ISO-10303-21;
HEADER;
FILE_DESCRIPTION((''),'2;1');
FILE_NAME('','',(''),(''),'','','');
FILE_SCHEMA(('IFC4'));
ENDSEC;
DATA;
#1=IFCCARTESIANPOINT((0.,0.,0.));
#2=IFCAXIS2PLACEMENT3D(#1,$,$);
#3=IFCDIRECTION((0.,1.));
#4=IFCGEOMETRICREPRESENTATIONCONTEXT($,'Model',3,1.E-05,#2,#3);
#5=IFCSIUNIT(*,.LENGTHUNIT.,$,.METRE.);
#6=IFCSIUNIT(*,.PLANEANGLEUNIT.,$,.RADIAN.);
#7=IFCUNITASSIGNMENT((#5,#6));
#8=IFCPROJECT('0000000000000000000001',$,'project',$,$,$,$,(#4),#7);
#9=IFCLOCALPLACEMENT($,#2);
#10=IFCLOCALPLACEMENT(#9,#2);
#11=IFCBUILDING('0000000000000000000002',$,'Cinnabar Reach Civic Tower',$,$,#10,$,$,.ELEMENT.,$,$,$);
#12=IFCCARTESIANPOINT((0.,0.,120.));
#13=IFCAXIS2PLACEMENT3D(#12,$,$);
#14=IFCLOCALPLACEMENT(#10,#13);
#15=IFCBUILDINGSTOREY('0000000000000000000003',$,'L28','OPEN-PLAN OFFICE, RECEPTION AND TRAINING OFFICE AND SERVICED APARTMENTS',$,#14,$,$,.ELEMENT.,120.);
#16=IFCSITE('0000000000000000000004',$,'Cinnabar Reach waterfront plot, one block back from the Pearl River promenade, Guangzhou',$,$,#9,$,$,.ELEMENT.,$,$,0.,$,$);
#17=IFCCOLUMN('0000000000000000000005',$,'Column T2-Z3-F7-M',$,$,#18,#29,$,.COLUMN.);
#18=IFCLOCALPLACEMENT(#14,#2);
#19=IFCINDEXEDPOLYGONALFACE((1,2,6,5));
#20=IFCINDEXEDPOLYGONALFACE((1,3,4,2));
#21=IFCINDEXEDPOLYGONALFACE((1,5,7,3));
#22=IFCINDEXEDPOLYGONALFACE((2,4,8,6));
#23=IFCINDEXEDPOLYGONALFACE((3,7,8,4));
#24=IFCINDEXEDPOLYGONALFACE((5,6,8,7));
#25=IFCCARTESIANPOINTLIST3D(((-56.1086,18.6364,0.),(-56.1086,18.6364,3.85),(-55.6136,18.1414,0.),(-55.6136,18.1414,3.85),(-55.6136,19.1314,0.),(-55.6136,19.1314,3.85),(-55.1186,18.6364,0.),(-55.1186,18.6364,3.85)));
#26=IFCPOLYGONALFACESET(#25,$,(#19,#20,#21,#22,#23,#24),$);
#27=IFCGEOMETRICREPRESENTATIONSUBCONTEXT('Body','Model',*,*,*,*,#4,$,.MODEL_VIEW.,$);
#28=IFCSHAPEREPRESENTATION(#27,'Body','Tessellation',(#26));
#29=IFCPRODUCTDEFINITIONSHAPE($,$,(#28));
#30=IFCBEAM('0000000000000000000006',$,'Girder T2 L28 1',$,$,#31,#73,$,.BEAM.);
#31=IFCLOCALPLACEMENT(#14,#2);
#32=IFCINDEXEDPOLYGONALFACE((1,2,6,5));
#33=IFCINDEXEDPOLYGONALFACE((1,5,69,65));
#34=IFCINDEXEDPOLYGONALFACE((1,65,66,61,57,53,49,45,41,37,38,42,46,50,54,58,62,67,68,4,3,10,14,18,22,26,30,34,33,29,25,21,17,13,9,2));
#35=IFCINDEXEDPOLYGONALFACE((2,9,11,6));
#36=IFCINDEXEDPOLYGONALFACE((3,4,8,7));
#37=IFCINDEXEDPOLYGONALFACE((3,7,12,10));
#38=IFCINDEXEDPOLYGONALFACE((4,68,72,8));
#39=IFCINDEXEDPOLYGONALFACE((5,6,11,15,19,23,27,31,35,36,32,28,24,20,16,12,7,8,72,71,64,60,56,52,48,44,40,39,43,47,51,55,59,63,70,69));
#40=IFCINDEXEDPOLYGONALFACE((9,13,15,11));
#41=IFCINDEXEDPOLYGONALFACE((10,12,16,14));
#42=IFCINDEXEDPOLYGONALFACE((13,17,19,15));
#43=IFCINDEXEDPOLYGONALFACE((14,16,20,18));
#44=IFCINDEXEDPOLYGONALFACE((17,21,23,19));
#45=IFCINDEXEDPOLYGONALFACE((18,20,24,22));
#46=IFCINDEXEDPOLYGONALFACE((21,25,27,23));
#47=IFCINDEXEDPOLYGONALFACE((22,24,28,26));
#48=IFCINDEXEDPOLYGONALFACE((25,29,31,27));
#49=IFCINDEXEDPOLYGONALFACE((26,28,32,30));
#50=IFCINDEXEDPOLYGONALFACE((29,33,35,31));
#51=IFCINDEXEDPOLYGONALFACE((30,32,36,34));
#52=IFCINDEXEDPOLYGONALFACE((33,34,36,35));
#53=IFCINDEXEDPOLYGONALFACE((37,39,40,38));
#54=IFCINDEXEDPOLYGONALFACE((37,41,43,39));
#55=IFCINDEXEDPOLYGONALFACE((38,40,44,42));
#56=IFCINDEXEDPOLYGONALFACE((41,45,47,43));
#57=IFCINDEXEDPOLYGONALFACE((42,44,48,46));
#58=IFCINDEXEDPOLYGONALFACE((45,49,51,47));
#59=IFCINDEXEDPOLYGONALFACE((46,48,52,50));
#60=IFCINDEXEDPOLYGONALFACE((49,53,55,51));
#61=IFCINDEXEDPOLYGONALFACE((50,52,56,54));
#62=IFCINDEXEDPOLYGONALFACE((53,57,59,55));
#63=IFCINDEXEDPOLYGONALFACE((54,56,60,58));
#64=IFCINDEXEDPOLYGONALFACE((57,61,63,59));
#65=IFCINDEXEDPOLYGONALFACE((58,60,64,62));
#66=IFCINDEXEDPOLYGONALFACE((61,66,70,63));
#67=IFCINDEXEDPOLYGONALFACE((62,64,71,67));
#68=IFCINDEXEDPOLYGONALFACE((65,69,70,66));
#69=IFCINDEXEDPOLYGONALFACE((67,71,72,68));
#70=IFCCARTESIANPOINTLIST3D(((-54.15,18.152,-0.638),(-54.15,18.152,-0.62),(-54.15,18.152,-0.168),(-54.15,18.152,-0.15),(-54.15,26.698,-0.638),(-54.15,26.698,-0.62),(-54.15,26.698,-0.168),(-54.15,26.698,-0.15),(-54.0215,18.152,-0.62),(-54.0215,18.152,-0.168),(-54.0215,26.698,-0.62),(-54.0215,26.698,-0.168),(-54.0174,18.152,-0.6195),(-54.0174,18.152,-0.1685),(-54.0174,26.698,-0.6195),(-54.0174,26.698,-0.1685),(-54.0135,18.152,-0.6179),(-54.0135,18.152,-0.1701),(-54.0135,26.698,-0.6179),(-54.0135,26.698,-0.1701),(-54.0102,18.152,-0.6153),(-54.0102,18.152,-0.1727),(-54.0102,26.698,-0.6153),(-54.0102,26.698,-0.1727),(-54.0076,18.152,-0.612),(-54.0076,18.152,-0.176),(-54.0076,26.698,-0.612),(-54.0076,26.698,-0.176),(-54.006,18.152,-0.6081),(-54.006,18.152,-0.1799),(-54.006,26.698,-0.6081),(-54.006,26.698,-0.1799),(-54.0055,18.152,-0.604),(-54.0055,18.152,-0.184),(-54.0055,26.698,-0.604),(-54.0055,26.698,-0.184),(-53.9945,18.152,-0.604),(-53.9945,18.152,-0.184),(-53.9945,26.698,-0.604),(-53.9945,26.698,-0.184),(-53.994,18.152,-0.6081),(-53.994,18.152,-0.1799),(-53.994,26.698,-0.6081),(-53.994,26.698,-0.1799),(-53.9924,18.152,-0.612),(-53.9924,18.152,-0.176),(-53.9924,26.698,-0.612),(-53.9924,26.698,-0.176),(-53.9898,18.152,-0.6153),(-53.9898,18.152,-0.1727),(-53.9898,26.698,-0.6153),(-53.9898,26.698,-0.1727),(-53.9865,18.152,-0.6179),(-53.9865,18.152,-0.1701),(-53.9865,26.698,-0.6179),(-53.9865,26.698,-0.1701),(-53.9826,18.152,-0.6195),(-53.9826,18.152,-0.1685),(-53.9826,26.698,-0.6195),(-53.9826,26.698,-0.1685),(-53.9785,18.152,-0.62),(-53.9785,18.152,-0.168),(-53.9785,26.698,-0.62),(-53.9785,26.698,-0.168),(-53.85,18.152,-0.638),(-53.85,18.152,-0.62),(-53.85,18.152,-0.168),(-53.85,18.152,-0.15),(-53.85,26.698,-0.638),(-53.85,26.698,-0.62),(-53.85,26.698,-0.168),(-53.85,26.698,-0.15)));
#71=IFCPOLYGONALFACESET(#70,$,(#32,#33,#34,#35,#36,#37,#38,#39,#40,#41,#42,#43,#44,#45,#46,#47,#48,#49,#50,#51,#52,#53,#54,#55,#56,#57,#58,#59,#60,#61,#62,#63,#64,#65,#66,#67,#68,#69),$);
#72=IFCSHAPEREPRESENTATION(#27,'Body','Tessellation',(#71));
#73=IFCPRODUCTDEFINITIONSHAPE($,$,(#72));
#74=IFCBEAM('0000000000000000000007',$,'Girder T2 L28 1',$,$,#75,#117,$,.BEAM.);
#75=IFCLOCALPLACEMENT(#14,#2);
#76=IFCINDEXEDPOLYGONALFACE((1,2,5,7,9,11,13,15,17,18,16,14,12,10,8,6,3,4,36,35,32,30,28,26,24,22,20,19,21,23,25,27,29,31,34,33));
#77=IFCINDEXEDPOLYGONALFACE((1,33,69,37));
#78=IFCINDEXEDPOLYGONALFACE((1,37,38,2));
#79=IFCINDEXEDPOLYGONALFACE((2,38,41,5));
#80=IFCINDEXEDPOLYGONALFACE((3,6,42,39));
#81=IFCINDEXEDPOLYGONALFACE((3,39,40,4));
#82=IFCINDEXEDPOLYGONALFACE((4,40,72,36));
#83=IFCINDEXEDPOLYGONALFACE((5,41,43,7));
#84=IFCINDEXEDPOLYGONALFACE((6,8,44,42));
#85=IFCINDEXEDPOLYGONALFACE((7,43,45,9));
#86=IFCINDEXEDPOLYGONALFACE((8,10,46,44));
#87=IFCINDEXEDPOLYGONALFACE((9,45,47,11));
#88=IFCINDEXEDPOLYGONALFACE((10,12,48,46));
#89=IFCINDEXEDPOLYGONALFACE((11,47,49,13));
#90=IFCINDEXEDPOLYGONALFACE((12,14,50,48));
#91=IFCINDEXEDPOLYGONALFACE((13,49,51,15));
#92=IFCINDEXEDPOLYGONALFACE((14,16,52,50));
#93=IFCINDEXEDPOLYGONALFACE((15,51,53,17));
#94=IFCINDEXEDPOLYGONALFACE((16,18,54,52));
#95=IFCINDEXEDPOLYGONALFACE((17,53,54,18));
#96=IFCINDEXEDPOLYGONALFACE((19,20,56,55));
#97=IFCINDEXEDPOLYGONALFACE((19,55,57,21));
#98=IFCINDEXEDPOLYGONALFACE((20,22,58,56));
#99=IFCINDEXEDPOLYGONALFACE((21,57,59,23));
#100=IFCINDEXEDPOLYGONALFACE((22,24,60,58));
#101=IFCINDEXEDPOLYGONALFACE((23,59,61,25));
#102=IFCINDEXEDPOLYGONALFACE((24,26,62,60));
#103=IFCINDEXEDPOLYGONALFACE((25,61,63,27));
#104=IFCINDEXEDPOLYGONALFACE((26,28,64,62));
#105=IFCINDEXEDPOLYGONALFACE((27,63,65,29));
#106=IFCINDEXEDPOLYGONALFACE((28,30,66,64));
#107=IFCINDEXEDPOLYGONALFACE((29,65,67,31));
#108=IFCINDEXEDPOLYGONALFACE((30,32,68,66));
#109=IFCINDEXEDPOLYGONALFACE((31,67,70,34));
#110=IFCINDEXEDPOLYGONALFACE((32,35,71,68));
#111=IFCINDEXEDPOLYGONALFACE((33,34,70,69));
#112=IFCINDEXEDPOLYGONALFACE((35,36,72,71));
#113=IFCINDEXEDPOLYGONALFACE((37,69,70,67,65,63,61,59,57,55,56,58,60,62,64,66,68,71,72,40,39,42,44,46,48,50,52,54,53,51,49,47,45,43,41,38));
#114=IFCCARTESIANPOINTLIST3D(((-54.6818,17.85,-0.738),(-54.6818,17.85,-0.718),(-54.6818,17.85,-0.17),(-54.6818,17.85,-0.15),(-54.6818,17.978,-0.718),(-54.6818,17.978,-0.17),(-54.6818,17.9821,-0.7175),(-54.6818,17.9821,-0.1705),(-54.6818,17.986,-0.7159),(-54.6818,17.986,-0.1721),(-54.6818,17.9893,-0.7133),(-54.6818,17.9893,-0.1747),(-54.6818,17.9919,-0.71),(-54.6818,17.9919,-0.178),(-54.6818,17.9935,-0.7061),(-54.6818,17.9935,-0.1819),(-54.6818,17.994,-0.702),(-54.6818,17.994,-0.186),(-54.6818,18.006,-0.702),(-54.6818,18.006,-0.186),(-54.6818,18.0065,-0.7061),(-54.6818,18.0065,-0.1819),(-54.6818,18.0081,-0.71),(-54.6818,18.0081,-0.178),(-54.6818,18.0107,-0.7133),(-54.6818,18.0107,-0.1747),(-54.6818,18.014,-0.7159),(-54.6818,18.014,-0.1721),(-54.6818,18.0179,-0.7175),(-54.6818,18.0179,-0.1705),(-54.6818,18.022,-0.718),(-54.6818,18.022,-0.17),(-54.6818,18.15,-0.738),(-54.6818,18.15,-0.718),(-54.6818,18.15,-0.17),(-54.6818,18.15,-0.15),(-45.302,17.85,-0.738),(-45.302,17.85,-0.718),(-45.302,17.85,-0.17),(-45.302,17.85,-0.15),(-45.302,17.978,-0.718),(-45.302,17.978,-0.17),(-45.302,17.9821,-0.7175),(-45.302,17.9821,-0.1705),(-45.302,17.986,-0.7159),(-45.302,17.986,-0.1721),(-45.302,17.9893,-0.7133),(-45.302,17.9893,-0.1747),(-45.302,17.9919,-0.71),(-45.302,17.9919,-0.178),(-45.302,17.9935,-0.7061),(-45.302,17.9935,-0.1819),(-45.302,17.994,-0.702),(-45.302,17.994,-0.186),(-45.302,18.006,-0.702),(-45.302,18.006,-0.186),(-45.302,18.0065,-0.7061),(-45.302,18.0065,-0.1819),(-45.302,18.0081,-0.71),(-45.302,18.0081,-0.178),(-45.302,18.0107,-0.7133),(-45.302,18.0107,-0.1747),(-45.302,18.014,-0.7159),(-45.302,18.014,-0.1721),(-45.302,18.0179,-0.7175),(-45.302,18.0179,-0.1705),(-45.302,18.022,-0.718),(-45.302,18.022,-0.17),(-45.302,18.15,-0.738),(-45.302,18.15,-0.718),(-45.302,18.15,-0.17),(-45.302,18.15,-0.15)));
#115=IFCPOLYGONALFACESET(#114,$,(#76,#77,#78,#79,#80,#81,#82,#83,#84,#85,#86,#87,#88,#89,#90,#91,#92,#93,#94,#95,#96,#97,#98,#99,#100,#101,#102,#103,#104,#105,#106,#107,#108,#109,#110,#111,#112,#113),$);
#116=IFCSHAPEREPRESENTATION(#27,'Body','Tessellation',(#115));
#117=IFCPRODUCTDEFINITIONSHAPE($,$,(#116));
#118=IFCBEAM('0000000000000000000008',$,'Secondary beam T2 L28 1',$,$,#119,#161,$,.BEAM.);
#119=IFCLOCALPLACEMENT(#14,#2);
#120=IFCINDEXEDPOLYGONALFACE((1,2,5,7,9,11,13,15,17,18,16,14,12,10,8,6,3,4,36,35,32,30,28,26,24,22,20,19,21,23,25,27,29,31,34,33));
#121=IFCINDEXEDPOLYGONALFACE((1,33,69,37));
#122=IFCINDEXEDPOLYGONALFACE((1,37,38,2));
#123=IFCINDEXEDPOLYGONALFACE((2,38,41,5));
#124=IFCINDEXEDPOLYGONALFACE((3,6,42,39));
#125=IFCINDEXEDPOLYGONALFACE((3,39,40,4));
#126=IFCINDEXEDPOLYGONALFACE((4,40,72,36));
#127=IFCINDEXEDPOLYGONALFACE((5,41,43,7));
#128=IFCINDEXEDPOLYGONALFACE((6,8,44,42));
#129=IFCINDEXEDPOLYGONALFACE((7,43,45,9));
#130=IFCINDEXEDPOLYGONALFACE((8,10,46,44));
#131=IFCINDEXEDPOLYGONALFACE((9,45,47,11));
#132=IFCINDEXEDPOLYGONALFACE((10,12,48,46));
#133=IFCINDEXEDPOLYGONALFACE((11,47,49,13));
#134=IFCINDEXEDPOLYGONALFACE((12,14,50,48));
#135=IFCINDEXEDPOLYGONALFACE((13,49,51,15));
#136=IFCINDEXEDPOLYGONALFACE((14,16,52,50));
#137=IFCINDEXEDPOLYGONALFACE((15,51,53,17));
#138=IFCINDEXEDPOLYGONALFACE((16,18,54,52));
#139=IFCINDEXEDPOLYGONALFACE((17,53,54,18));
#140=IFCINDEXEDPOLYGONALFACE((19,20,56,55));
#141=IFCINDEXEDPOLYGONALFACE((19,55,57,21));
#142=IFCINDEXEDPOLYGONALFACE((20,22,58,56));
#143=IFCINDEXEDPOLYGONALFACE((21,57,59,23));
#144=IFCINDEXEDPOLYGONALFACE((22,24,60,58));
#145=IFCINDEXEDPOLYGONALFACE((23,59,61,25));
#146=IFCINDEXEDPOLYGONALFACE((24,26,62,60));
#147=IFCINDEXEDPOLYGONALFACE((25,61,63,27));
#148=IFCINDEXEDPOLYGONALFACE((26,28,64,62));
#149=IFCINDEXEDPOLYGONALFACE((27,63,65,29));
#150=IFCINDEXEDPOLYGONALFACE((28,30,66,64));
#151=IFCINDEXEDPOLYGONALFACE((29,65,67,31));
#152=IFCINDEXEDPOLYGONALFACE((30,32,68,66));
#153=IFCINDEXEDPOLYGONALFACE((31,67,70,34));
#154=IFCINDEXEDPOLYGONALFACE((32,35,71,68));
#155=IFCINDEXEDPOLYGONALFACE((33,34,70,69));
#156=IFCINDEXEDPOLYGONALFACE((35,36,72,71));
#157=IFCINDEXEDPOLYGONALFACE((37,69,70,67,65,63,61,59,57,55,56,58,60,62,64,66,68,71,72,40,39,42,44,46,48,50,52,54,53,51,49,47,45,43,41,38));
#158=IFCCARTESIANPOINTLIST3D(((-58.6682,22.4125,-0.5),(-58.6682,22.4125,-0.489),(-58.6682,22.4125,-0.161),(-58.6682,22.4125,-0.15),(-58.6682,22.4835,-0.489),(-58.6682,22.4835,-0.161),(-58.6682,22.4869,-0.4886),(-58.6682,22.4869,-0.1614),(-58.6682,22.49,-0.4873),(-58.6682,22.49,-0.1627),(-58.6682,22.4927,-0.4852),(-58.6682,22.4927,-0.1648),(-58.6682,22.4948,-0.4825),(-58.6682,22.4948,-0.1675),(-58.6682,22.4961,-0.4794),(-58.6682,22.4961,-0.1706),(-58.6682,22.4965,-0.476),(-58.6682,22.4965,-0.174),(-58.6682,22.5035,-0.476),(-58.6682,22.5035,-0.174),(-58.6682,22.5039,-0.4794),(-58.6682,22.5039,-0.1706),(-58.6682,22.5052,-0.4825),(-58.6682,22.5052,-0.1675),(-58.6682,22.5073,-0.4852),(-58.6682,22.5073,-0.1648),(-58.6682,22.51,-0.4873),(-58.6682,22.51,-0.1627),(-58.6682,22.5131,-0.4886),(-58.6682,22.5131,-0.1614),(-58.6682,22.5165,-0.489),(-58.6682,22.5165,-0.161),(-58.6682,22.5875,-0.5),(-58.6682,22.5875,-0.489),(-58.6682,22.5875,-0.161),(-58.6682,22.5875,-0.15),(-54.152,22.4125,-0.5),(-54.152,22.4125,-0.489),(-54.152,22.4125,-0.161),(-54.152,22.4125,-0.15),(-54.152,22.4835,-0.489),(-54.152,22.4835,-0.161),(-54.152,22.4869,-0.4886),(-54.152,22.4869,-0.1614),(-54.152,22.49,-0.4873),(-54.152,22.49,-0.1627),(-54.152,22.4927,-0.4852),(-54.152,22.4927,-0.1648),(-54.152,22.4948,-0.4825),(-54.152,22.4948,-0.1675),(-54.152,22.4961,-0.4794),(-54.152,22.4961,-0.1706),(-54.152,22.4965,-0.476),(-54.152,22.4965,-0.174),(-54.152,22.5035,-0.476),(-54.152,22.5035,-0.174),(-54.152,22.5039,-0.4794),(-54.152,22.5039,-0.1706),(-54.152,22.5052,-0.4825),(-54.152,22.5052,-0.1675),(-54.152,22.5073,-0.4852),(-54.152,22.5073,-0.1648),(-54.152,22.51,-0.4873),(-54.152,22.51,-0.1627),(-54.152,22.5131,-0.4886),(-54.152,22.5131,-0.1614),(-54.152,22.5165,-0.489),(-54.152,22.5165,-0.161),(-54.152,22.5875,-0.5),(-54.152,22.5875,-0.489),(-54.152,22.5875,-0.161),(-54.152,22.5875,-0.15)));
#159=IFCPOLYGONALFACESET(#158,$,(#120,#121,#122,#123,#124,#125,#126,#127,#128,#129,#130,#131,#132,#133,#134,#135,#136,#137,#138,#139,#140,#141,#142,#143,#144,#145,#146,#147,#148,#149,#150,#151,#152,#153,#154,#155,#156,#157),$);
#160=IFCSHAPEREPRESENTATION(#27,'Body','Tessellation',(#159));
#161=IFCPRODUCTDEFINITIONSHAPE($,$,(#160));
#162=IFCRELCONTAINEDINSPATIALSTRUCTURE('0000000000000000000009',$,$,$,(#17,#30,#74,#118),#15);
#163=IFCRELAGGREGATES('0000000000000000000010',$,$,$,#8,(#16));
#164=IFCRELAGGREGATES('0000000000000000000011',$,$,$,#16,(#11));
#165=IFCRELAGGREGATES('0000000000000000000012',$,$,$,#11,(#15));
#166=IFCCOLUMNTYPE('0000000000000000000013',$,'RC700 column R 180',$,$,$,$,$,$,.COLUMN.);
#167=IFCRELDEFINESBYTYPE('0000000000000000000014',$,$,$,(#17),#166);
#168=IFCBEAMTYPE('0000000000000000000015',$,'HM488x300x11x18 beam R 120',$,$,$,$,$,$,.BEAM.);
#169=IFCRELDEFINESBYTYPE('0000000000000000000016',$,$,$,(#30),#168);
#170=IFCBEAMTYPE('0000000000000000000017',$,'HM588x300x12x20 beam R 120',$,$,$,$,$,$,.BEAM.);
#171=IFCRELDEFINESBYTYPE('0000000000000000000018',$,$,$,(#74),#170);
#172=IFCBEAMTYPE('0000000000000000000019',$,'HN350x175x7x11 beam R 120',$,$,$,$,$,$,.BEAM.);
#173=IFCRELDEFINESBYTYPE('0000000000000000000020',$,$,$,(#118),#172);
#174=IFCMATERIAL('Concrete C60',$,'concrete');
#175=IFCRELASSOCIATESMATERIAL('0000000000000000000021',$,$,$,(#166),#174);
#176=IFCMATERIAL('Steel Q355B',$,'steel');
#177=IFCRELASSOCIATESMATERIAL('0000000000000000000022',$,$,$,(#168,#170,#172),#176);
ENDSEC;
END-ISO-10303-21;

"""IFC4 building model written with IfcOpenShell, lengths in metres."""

from ifc_helpers import new_model, si_unit, direction, frame, origin, origin_2d, place, context, subcontext, project, spatial, rectangle, i_section, extrude, material, material_profile, profile_set, type_object, element, save


model = new_model("IFC4")

# Units and contexts
model_context = context("Model", 3, precision=1e-05, world=origin(), true_north=direction((0.0, 1.0)))
body_context = subcontext(model_context, "Body", "Model", "MODEL_VIEW")
ifc_project = project(units=[si_unit("LENGTHUNIT", "METRE"), si_unit("PLANEANGLEUNIT", "RADIAN")], contexts=[model_context])

# Site, building, storey
site_placement = place(None, origin())
site = spatial("IfcSite", under=ifc_project, at=site_placement, Name="Cinnabar Reach waterfront plot, one block back from the Pearl River promenade, Guangzhou", CompositionType="ELEMENT", RefElevation=0.0)
building_placement = place(site_placement, origin())
building = spatial("IfcBuilding", under=site, at=building_placement, Name="Cinnabar Reach Civic Tower", CompositionType="ELEMENT")
storey_placement = place(building_placement, frame((0.0, 0.0, 120.0)))
storey = spatial("IfcBuildingStorey", under=building, at=storey_placement, Name="L28", Description="OPEN-PLAN OFFICE, RECEPTION AND TRAINING OFFICE AND SERVICED APARTMENTS", CompositionType="ELEMENT", Elevation=120.0)

# Column
ifc_material_1 = material(Name="Concrete C60", Category="concrete")
ifc_material_profile_1 = material_profile(ifc_material_1, rectangle(XDim=0.7, YDim=0.7, at=origin_2d()), Name="RC700")
ifc_profile_set_1 = profile_set([ifc_material_profile_1], Name="Concrete C60")
column_type = type_object("IfcColumnType", Name="RC700 column R 180", PredefinedType="COLUMN", material=ifc_profile_set_1)
column_placement = place(storey_placement, frame((-55.6136, 18.6364, 0.0), z_axis=(0.0, 0.0, 1.0), x_axis=(0.707107, 0.707107, 0.0)))
element("IfcColumn", 1, at=column_placement, inside=storey, type_object=column_type, Name="Column T2-Z3-F7-M", PredefinedType="COLUMN", context=body_context, shape_type="SweptSolid", body=[
    extrude(rectangle(XDim=0.7, YDim=0.7, at=origin_2d()), origin(), (0.0, 0.0, 1.0), 3.85),
])

# Beams
ifc_material_2 = material(Name="Steel Q355B", Category="steel")
ifc_material_profile_2 = material_profile(ifc_material_2, i_section(OverallWidth=0.3, OverallDepth=0.488, WebThickness=0.011, FlangeThickness=0.018, FilletRadius=0.016, at=origin_2d()), Name="HM488x300x11x18")
ifc_profile_set_2 = profile_set([ifc_material_profile_2], Name="Steel Q355B")
beam_type_1 = type_object("IfcBeamType", Name="HM488x300x11x18 beam R 120", PredefinedType="BEAM", material=ifc_profile_set_2)
beam_1_placement = place(storey_placement, frame((-54.0, 18.152, -0.394), z_axis=(0.0, 1.0, 0.0), x_axis=(-1.0, 0.0, 0.0)))
element("IfcBeam", 2, at=beam_1_placement, inside=storey, type_object=beam_type_1, Name="Girder T2 L28 1", PredefinedType="BEAM", context=body_context, shape_type="SweptSolid", body=[
    extrude(i_section(OverallWidth=0.3, OverallDepth=0.488, WebThickness=0.011, FlangeThickness=0.018, FilletRadius=0.016, at=origin_2d()), origin(), (0.0, 0.0, 1.0), 8.546),
])
ifc_material_profile_3 = material_profile(ifc_material_2, i_section(OverallWidth=0.3, OverallDepth=0.588, WebThickness=0.012, FlangeThickness=0.02, FilletRadius=0.016, at=origin_2d()), Name="HM588x300x12x20")
ifc_profile_set_3 = profile_set([ifc_material_profile_3], Name="Steel Q355B")
beam_type_2 = type_object("IfcBeamType", Name="HM588x300x12x20 beam R 120", PredefinedType="BEAM", material=ifc_profile_set_3)
beam_2_placement = place(storey_placement, frame((-54.6818, 18.0, -0.444), z_axis=(1.0, 0.0, 0.0), x_axis=(0.0, 1.0, 0.0)))
element("IfcBeam", 3, at=beam_2_placement, inside=storey, type_object=beam_type_2, Name="Girder T2 L28 1", PredefinedType="BEAM", context=body_context, shape_type="SweptSolid", body=[
    extrude(i_section(OverallWidth=0.3, OverallDepth=0.588, WebThickness=0.012, FlangeThickness=0.02, FilletRadius=0.016, at=origin_2d()), origin(), (0.0, 0.0, 1.0), 9.3798),
])
ifc_material_profile_4 = material_profile(ifc_material_2, i_section(OverallWidth=0.175, OverallDepth=0.35, WebThickness=0.007, FlangeThickness=0.011, FilletRadius=0.013, at=origin_2d()), Name="HN350x175x7x11")
ifc_profile_set_4 = profile_set([ifc_material_profile_4], Name="Steel Q355B")
beam_type_3 = type_object("IfcBeamType", Name="HN350x175x7x11 beam R 120", PredefinedType="BEAM", material=ifc_profile_set_4)
beam_3_placement = place(storey_placement, frame((-58.6682, 22.5, -0.325), z_axis=(1.0, 0.0, 0.0), x_axis=(0.0, 1.0, 0.0)))
element("IfcBeam", 4, at=beam_3_placement, inside=storey, type_object=beam_type_3, Name="Secondary beam T2 L28 1", PredefinedType="BEAM", context=body_context, shape_type="SweptSolid", body=[
    extrude(i_section(OverallWidth=0.175, OverallDepth=0.35, WebThickness=0.007, FlangeThickness=0.011, FilletRadius=0.013, at=origin_2d()), origin(), (0.0, 0.0, 1.0), 4.5162),
])

save(model, "model.ifc")
